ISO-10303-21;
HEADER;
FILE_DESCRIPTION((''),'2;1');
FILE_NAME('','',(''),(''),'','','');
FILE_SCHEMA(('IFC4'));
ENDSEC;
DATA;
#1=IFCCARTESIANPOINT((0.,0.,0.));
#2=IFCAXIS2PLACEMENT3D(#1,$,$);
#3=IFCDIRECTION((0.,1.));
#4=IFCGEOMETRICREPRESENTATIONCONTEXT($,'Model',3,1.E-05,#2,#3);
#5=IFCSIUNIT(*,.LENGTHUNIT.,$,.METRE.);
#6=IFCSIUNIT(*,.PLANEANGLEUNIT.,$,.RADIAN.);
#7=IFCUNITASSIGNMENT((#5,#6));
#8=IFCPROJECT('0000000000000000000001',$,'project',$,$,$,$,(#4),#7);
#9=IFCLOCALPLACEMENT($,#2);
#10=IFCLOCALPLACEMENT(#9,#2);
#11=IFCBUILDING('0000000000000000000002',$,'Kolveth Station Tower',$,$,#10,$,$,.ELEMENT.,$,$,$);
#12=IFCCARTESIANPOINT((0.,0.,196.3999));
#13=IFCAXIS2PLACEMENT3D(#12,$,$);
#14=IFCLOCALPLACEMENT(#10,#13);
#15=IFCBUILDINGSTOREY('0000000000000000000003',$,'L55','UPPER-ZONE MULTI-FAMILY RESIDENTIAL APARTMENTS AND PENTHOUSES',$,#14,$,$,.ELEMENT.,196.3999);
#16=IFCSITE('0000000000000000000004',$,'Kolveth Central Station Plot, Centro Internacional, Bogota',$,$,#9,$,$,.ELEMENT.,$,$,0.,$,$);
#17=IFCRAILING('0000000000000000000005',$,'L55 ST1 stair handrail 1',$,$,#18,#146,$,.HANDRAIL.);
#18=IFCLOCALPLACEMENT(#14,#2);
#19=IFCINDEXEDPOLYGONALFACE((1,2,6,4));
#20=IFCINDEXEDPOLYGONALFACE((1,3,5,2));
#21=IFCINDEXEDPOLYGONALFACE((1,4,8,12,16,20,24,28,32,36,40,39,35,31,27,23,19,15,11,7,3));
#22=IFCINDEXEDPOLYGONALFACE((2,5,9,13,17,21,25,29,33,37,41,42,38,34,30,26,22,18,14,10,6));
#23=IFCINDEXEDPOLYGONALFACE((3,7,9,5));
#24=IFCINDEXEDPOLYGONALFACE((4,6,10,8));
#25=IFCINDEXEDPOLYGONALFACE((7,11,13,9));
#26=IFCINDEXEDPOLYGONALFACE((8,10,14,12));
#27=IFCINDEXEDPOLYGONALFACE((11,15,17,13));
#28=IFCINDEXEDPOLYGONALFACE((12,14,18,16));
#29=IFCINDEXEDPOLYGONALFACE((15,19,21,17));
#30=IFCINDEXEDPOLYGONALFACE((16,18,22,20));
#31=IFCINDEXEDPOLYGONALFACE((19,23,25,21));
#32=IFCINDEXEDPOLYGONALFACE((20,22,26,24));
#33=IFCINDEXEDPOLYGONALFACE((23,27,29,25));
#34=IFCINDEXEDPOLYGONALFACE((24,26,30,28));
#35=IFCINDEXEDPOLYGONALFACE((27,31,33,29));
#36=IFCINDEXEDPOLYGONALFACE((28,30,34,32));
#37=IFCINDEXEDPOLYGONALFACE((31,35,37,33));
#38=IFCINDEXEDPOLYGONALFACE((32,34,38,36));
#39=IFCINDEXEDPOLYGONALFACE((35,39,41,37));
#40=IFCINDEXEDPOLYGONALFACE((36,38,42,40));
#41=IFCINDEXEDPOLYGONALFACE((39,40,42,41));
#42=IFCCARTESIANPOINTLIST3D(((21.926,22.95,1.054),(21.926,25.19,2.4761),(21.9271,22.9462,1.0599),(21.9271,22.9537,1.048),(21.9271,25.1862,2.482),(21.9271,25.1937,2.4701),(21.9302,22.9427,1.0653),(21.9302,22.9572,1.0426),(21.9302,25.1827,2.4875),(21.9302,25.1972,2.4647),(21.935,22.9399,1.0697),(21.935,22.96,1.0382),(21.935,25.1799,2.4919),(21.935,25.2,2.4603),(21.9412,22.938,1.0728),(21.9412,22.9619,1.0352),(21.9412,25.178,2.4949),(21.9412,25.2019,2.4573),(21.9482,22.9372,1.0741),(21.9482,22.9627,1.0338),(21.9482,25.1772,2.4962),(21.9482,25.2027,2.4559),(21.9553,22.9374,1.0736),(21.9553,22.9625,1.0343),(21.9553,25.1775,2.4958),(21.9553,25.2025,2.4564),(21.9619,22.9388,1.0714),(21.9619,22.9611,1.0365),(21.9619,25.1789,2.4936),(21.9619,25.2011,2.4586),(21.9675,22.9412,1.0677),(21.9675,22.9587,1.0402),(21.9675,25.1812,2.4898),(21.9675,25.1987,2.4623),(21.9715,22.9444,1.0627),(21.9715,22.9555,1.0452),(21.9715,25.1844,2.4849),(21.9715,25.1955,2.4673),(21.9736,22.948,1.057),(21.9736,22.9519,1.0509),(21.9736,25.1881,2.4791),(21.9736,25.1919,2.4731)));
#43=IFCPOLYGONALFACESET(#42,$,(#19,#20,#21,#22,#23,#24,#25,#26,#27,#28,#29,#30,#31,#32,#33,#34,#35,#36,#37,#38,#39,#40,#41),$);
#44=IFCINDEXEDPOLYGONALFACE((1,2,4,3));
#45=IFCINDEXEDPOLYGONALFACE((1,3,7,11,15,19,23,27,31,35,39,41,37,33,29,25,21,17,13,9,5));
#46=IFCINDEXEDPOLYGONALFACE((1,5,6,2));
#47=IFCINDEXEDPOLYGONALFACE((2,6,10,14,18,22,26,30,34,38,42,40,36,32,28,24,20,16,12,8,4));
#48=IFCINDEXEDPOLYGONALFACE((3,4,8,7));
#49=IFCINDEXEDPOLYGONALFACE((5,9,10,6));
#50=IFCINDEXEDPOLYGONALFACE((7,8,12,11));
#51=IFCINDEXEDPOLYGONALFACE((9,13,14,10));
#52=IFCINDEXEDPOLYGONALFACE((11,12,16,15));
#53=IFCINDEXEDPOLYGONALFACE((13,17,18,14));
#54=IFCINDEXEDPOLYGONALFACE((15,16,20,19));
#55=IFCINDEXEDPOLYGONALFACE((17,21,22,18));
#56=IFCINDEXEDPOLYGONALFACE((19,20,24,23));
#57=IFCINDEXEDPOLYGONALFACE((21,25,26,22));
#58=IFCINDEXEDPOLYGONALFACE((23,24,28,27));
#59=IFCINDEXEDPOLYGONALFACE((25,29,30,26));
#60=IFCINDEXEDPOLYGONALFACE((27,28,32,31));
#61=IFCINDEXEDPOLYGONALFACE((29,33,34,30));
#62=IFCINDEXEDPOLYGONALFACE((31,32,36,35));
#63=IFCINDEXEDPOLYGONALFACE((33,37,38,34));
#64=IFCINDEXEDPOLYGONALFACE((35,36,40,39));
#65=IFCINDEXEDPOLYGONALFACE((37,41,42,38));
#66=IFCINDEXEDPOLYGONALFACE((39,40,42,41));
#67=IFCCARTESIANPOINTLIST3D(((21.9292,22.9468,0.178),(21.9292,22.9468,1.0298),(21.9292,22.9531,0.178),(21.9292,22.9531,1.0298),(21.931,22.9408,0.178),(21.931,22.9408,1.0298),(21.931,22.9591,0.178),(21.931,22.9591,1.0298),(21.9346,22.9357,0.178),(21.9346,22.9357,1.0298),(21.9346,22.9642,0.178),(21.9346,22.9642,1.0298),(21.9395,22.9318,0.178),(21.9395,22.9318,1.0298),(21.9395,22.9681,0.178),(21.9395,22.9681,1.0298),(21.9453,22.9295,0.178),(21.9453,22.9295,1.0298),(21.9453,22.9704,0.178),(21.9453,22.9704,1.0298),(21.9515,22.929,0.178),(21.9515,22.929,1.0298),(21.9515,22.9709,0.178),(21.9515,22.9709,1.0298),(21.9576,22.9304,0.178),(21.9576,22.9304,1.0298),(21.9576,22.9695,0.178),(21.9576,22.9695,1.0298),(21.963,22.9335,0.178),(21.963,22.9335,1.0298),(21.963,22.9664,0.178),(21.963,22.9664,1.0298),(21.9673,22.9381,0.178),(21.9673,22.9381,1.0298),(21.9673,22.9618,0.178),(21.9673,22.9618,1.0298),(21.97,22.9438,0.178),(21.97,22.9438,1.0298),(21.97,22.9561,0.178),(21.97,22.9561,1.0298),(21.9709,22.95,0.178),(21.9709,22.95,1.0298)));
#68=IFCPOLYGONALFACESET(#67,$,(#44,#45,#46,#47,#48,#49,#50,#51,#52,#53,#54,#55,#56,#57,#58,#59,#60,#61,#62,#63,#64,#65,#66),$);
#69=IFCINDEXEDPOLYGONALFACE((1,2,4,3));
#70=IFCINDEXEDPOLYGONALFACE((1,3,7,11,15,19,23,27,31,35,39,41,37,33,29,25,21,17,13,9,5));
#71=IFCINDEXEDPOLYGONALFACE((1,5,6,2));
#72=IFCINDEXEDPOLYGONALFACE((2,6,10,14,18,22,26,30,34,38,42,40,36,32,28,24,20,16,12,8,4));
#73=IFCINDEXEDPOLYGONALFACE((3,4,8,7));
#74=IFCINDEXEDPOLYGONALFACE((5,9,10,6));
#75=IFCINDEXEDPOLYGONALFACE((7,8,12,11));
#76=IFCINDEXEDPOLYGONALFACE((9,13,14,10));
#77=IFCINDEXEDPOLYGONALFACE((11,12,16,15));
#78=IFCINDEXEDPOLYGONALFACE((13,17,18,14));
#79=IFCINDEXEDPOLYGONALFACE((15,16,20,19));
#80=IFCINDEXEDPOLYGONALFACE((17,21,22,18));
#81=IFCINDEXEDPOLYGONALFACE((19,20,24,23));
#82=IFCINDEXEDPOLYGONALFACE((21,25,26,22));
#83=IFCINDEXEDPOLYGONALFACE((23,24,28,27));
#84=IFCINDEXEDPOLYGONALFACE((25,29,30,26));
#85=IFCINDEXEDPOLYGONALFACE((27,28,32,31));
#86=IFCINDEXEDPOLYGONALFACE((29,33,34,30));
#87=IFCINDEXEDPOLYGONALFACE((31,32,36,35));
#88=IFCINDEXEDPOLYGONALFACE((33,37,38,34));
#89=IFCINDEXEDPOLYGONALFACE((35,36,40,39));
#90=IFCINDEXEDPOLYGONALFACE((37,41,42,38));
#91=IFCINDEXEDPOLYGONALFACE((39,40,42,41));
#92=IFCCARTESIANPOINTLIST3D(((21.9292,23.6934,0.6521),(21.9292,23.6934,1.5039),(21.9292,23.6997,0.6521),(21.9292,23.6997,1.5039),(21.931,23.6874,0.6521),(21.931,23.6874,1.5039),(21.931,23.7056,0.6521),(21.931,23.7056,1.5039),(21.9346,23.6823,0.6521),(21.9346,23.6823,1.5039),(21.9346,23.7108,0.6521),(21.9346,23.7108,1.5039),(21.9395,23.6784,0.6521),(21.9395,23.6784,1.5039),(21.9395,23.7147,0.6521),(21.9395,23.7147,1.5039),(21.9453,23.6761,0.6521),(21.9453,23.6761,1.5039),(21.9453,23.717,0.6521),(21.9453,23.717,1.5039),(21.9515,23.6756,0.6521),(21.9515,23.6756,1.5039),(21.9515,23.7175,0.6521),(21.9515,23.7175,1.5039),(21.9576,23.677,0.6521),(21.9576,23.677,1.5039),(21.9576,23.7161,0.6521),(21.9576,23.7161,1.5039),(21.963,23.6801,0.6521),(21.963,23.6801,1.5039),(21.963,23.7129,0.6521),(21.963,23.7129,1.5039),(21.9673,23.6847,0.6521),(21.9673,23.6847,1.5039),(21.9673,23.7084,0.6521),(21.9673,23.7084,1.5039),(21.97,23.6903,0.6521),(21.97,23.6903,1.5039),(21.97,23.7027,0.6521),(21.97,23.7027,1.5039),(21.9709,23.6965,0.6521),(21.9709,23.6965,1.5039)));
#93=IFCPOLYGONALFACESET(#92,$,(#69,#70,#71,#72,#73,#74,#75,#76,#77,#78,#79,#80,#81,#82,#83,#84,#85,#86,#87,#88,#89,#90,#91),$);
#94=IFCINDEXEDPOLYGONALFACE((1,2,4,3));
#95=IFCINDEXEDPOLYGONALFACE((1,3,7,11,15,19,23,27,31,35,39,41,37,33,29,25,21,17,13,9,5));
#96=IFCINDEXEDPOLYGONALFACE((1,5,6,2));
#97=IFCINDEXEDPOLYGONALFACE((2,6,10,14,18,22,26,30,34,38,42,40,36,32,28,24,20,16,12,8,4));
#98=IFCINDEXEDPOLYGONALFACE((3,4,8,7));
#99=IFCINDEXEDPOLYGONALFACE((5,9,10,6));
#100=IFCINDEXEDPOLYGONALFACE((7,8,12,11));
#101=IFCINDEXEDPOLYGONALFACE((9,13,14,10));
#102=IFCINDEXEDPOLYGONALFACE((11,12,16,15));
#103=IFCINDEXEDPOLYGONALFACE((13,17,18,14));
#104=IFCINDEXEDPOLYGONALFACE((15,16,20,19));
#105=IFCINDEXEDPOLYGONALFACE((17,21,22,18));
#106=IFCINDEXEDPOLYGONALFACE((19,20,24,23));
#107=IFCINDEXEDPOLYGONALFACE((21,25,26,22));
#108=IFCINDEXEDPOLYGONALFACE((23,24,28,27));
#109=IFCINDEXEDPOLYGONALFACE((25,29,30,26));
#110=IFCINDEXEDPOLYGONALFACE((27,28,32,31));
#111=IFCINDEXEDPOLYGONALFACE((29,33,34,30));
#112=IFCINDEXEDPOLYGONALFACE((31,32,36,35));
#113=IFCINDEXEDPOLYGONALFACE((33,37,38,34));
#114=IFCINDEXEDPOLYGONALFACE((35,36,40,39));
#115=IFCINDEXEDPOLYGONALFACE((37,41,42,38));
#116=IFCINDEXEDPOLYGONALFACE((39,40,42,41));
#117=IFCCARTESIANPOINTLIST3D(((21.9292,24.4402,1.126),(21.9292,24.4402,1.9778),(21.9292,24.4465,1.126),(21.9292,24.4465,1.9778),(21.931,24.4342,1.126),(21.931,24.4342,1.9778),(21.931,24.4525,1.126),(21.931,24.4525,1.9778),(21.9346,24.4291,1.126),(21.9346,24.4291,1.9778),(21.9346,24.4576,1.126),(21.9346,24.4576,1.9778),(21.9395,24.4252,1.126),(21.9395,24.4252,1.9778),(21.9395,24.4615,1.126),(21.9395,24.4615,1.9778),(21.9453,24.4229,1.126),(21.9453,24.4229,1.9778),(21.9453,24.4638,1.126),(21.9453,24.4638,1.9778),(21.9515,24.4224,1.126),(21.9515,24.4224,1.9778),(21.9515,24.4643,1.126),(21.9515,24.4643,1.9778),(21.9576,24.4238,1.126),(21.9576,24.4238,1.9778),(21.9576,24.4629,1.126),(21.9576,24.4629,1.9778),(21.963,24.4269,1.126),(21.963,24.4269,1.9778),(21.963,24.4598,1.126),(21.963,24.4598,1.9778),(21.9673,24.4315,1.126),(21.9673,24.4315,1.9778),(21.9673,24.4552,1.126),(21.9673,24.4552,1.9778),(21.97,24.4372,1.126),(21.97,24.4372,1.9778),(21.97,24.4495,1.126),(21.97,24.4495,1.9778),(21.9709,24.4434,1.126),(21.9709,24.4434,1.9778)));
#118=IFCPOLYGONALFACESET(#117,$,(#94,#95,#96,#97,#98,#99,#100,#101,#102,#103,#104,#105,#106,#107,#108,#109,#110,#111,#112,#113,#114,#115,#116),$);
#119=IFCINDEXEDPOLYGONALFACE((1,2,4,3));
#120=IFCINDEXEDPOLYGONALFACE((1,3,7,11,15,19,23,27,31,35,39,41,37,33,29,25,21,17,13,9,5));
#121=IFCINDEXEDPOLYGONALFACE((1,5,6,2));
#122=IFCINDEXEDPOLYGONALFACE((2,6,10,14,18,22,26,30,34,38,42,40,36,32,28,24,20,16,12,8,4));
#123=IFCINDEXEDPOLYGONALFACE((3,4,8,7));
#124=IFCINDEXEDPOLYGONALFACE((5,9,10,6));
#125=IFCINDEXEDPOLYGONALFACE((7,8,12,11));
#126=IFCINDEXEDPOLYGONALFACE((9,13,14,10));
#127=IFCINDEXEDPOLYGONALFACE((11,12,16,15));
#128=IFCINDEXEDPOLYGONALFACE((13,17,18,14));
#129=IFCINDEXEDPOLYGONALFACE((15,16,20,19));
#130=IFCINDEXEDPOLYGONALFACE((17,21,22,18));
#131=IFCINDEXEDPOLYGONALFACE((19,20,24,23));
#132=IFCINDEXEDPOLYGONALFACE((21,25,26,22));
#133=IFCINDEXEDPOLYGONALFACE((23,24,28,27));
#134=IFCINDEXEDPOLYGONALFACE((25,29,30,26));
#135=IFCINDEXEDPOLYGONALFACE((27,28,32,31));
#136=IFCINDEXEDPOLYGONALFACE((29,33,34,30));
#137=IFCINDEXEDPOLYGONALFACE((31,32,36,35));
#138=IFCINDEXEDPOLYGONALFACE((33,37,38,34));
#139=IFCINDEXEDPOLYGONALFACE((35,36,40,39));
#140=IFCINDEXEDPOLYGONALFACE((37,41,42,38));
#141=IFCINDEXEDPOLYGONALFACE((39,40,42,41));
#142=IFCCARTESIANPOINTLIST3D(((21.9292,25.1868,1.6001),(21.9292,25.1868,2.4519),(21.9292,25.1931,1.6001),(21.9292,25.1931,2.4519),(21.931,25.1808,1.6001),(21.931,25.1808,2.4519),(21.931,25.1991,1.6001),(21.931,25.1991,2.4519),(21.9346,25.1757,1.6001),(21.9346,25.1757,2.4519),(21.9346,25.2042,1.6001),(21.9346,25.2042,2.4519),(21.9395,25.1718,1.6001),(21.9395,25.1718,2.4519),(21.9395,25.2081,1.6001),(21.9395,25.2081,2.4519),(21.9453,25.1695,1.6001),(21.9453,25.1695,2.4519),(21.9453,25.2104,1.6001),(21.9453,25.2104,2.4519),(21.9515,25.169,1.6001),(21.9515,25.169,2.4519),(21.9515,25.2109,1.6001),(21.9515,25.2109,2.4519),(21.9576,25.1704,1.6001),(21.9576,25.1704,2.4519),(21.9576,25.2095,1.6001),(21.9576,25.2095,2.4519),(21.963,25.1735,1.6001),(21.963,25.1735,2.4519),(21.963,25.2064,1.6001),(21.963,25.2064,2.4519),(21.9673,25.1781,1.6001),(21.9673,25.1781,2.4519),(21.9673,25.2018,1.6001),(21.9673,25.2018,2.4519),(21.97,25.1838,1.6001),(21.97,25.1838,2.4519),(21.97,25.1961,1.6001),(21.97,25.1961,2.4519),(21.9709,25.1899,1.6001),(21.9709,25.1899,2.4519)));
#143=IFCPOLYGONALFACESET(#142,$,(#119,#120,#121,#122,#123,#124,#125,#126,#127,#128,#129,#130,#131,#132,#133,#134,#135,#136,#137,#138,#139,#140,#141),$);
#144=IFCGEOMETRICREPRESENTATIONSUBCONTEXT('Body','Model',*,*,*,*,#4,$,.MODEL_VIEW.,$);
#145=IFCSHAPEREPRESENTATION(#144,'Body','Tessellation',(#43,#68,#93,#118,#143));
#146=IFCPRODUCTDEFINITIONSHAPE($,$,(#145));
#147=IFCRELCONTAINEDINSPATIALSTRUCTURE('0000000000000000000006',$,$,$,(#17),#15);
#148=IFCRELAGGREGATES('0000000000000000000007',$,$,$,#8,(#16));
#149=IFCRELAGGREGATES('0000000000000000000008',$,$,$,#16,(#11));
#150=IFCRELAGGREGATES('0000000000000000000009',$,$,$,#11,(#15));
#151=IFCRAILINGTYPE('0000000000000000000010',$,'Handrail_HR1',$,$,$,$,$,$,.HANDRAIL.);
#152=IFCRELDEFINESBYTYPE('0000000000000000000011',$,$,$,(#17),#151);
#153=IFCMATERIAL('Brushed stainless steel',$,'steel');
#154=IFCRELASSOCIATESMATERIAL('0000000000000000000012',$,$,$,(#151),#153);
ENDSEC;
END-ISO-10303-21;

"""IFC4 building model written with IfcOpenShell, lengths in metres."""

from ifc_helpers import new_model, si_unit, direction, frame, origin, origin_2d, place, context, subcontext, project, spatial, circle, extrude, material, type_object, element, save


model = new_model("IFC4")

# Units and contexts
model_context = context("Model", 3, precision=1e-05, world=origin(), true_north=direction((0.0, 1.0)))
body_context = subcontext(model_context, "Body", "Model", "MODEL_VIEW")
ifc_project = project(units=[si_unit("LENGTHUNIT", "METRE"), si_unit("PLANEANGLEUNIT", "RADIAN")], contexts=[model_context])

# Site, building, storey
site_placement = place(None, origin())
site = spatial("IfcSite", under=ifc_project, at=site_placement, Name="Kolveth Central Station Plot, Centro Internacional, Bogota", CompositionType="ELEMENT", RefElevation=0.0)
building_placement = place(site_placement, origin())
building = spatial("IfcBuilding", under=site, at=building_placement, Name="Kolveth Station Tower", CompositionType="ELEMENT")
storey_placement = place(building_placement, frame((0.0, 0.0, 196.3999)))
storey = spatial("IfcBuildingStorey", under=building, at=storey_placement, Name="L55", Description="UPPER-ZONE MULTI-FAMILY RESIDENTIAL APARTMENTS AND PENTHOUSES", CompositionType="ELEMENT", Elevation=196.3999)

# Railing
ifc_material_1 = material(Name="Brushed stainless steel", Category="steel")
railing_type_1 = type_object("IfcRailingType", Name="Handrail_HR1", PredefinedType="HANDRAIL", material=ifc_material_1)
railing_1_placement = place(storey_placement, frame((21.95, 22.95, 0.178)))
element("IfcRailing", 1, at=railing_1_placement, inside=storey, type_object=railing_type_1, Name="L55 ST1 stair handrail 1", PredefinedType="HANDRAIL", context=body_context, shape_type="SweptSolid", body=[
    extrude(circle(Radius=0.0239, at=origin_2d()), frame((0.0, 0.0, 0.876), z_axis=(0.0, 0.844229, 0.535982), x_axis=(-1.0, 0.0, 0.0)), (0.0, 0.0, 1.0), 2.6533),
    extrude(circle(Radius=0.021, at=origin_2d()), origin(), (0.0, 0.0, 1.0), 0.8518),
    extrude(circle(Radius=0.021, at=origin_2d()), frame((0.0, 0.7466, 0.4741)), (0.0, 0.0, 1.0), 0.8518),
    extrude(circle(Radius=0.021, at=origin_2d()), frame((0.0, 1.4934, 0.948)), (0.0, 0.0, 1.0), 0.8518),
    extrude(circle(Radius=0.021, at=origin_2d()), frame((0.0, 2.24, 1.4221)), (0.0, 0.0, 1.0), 0.8518),
])

save(model, "model.ifc")
